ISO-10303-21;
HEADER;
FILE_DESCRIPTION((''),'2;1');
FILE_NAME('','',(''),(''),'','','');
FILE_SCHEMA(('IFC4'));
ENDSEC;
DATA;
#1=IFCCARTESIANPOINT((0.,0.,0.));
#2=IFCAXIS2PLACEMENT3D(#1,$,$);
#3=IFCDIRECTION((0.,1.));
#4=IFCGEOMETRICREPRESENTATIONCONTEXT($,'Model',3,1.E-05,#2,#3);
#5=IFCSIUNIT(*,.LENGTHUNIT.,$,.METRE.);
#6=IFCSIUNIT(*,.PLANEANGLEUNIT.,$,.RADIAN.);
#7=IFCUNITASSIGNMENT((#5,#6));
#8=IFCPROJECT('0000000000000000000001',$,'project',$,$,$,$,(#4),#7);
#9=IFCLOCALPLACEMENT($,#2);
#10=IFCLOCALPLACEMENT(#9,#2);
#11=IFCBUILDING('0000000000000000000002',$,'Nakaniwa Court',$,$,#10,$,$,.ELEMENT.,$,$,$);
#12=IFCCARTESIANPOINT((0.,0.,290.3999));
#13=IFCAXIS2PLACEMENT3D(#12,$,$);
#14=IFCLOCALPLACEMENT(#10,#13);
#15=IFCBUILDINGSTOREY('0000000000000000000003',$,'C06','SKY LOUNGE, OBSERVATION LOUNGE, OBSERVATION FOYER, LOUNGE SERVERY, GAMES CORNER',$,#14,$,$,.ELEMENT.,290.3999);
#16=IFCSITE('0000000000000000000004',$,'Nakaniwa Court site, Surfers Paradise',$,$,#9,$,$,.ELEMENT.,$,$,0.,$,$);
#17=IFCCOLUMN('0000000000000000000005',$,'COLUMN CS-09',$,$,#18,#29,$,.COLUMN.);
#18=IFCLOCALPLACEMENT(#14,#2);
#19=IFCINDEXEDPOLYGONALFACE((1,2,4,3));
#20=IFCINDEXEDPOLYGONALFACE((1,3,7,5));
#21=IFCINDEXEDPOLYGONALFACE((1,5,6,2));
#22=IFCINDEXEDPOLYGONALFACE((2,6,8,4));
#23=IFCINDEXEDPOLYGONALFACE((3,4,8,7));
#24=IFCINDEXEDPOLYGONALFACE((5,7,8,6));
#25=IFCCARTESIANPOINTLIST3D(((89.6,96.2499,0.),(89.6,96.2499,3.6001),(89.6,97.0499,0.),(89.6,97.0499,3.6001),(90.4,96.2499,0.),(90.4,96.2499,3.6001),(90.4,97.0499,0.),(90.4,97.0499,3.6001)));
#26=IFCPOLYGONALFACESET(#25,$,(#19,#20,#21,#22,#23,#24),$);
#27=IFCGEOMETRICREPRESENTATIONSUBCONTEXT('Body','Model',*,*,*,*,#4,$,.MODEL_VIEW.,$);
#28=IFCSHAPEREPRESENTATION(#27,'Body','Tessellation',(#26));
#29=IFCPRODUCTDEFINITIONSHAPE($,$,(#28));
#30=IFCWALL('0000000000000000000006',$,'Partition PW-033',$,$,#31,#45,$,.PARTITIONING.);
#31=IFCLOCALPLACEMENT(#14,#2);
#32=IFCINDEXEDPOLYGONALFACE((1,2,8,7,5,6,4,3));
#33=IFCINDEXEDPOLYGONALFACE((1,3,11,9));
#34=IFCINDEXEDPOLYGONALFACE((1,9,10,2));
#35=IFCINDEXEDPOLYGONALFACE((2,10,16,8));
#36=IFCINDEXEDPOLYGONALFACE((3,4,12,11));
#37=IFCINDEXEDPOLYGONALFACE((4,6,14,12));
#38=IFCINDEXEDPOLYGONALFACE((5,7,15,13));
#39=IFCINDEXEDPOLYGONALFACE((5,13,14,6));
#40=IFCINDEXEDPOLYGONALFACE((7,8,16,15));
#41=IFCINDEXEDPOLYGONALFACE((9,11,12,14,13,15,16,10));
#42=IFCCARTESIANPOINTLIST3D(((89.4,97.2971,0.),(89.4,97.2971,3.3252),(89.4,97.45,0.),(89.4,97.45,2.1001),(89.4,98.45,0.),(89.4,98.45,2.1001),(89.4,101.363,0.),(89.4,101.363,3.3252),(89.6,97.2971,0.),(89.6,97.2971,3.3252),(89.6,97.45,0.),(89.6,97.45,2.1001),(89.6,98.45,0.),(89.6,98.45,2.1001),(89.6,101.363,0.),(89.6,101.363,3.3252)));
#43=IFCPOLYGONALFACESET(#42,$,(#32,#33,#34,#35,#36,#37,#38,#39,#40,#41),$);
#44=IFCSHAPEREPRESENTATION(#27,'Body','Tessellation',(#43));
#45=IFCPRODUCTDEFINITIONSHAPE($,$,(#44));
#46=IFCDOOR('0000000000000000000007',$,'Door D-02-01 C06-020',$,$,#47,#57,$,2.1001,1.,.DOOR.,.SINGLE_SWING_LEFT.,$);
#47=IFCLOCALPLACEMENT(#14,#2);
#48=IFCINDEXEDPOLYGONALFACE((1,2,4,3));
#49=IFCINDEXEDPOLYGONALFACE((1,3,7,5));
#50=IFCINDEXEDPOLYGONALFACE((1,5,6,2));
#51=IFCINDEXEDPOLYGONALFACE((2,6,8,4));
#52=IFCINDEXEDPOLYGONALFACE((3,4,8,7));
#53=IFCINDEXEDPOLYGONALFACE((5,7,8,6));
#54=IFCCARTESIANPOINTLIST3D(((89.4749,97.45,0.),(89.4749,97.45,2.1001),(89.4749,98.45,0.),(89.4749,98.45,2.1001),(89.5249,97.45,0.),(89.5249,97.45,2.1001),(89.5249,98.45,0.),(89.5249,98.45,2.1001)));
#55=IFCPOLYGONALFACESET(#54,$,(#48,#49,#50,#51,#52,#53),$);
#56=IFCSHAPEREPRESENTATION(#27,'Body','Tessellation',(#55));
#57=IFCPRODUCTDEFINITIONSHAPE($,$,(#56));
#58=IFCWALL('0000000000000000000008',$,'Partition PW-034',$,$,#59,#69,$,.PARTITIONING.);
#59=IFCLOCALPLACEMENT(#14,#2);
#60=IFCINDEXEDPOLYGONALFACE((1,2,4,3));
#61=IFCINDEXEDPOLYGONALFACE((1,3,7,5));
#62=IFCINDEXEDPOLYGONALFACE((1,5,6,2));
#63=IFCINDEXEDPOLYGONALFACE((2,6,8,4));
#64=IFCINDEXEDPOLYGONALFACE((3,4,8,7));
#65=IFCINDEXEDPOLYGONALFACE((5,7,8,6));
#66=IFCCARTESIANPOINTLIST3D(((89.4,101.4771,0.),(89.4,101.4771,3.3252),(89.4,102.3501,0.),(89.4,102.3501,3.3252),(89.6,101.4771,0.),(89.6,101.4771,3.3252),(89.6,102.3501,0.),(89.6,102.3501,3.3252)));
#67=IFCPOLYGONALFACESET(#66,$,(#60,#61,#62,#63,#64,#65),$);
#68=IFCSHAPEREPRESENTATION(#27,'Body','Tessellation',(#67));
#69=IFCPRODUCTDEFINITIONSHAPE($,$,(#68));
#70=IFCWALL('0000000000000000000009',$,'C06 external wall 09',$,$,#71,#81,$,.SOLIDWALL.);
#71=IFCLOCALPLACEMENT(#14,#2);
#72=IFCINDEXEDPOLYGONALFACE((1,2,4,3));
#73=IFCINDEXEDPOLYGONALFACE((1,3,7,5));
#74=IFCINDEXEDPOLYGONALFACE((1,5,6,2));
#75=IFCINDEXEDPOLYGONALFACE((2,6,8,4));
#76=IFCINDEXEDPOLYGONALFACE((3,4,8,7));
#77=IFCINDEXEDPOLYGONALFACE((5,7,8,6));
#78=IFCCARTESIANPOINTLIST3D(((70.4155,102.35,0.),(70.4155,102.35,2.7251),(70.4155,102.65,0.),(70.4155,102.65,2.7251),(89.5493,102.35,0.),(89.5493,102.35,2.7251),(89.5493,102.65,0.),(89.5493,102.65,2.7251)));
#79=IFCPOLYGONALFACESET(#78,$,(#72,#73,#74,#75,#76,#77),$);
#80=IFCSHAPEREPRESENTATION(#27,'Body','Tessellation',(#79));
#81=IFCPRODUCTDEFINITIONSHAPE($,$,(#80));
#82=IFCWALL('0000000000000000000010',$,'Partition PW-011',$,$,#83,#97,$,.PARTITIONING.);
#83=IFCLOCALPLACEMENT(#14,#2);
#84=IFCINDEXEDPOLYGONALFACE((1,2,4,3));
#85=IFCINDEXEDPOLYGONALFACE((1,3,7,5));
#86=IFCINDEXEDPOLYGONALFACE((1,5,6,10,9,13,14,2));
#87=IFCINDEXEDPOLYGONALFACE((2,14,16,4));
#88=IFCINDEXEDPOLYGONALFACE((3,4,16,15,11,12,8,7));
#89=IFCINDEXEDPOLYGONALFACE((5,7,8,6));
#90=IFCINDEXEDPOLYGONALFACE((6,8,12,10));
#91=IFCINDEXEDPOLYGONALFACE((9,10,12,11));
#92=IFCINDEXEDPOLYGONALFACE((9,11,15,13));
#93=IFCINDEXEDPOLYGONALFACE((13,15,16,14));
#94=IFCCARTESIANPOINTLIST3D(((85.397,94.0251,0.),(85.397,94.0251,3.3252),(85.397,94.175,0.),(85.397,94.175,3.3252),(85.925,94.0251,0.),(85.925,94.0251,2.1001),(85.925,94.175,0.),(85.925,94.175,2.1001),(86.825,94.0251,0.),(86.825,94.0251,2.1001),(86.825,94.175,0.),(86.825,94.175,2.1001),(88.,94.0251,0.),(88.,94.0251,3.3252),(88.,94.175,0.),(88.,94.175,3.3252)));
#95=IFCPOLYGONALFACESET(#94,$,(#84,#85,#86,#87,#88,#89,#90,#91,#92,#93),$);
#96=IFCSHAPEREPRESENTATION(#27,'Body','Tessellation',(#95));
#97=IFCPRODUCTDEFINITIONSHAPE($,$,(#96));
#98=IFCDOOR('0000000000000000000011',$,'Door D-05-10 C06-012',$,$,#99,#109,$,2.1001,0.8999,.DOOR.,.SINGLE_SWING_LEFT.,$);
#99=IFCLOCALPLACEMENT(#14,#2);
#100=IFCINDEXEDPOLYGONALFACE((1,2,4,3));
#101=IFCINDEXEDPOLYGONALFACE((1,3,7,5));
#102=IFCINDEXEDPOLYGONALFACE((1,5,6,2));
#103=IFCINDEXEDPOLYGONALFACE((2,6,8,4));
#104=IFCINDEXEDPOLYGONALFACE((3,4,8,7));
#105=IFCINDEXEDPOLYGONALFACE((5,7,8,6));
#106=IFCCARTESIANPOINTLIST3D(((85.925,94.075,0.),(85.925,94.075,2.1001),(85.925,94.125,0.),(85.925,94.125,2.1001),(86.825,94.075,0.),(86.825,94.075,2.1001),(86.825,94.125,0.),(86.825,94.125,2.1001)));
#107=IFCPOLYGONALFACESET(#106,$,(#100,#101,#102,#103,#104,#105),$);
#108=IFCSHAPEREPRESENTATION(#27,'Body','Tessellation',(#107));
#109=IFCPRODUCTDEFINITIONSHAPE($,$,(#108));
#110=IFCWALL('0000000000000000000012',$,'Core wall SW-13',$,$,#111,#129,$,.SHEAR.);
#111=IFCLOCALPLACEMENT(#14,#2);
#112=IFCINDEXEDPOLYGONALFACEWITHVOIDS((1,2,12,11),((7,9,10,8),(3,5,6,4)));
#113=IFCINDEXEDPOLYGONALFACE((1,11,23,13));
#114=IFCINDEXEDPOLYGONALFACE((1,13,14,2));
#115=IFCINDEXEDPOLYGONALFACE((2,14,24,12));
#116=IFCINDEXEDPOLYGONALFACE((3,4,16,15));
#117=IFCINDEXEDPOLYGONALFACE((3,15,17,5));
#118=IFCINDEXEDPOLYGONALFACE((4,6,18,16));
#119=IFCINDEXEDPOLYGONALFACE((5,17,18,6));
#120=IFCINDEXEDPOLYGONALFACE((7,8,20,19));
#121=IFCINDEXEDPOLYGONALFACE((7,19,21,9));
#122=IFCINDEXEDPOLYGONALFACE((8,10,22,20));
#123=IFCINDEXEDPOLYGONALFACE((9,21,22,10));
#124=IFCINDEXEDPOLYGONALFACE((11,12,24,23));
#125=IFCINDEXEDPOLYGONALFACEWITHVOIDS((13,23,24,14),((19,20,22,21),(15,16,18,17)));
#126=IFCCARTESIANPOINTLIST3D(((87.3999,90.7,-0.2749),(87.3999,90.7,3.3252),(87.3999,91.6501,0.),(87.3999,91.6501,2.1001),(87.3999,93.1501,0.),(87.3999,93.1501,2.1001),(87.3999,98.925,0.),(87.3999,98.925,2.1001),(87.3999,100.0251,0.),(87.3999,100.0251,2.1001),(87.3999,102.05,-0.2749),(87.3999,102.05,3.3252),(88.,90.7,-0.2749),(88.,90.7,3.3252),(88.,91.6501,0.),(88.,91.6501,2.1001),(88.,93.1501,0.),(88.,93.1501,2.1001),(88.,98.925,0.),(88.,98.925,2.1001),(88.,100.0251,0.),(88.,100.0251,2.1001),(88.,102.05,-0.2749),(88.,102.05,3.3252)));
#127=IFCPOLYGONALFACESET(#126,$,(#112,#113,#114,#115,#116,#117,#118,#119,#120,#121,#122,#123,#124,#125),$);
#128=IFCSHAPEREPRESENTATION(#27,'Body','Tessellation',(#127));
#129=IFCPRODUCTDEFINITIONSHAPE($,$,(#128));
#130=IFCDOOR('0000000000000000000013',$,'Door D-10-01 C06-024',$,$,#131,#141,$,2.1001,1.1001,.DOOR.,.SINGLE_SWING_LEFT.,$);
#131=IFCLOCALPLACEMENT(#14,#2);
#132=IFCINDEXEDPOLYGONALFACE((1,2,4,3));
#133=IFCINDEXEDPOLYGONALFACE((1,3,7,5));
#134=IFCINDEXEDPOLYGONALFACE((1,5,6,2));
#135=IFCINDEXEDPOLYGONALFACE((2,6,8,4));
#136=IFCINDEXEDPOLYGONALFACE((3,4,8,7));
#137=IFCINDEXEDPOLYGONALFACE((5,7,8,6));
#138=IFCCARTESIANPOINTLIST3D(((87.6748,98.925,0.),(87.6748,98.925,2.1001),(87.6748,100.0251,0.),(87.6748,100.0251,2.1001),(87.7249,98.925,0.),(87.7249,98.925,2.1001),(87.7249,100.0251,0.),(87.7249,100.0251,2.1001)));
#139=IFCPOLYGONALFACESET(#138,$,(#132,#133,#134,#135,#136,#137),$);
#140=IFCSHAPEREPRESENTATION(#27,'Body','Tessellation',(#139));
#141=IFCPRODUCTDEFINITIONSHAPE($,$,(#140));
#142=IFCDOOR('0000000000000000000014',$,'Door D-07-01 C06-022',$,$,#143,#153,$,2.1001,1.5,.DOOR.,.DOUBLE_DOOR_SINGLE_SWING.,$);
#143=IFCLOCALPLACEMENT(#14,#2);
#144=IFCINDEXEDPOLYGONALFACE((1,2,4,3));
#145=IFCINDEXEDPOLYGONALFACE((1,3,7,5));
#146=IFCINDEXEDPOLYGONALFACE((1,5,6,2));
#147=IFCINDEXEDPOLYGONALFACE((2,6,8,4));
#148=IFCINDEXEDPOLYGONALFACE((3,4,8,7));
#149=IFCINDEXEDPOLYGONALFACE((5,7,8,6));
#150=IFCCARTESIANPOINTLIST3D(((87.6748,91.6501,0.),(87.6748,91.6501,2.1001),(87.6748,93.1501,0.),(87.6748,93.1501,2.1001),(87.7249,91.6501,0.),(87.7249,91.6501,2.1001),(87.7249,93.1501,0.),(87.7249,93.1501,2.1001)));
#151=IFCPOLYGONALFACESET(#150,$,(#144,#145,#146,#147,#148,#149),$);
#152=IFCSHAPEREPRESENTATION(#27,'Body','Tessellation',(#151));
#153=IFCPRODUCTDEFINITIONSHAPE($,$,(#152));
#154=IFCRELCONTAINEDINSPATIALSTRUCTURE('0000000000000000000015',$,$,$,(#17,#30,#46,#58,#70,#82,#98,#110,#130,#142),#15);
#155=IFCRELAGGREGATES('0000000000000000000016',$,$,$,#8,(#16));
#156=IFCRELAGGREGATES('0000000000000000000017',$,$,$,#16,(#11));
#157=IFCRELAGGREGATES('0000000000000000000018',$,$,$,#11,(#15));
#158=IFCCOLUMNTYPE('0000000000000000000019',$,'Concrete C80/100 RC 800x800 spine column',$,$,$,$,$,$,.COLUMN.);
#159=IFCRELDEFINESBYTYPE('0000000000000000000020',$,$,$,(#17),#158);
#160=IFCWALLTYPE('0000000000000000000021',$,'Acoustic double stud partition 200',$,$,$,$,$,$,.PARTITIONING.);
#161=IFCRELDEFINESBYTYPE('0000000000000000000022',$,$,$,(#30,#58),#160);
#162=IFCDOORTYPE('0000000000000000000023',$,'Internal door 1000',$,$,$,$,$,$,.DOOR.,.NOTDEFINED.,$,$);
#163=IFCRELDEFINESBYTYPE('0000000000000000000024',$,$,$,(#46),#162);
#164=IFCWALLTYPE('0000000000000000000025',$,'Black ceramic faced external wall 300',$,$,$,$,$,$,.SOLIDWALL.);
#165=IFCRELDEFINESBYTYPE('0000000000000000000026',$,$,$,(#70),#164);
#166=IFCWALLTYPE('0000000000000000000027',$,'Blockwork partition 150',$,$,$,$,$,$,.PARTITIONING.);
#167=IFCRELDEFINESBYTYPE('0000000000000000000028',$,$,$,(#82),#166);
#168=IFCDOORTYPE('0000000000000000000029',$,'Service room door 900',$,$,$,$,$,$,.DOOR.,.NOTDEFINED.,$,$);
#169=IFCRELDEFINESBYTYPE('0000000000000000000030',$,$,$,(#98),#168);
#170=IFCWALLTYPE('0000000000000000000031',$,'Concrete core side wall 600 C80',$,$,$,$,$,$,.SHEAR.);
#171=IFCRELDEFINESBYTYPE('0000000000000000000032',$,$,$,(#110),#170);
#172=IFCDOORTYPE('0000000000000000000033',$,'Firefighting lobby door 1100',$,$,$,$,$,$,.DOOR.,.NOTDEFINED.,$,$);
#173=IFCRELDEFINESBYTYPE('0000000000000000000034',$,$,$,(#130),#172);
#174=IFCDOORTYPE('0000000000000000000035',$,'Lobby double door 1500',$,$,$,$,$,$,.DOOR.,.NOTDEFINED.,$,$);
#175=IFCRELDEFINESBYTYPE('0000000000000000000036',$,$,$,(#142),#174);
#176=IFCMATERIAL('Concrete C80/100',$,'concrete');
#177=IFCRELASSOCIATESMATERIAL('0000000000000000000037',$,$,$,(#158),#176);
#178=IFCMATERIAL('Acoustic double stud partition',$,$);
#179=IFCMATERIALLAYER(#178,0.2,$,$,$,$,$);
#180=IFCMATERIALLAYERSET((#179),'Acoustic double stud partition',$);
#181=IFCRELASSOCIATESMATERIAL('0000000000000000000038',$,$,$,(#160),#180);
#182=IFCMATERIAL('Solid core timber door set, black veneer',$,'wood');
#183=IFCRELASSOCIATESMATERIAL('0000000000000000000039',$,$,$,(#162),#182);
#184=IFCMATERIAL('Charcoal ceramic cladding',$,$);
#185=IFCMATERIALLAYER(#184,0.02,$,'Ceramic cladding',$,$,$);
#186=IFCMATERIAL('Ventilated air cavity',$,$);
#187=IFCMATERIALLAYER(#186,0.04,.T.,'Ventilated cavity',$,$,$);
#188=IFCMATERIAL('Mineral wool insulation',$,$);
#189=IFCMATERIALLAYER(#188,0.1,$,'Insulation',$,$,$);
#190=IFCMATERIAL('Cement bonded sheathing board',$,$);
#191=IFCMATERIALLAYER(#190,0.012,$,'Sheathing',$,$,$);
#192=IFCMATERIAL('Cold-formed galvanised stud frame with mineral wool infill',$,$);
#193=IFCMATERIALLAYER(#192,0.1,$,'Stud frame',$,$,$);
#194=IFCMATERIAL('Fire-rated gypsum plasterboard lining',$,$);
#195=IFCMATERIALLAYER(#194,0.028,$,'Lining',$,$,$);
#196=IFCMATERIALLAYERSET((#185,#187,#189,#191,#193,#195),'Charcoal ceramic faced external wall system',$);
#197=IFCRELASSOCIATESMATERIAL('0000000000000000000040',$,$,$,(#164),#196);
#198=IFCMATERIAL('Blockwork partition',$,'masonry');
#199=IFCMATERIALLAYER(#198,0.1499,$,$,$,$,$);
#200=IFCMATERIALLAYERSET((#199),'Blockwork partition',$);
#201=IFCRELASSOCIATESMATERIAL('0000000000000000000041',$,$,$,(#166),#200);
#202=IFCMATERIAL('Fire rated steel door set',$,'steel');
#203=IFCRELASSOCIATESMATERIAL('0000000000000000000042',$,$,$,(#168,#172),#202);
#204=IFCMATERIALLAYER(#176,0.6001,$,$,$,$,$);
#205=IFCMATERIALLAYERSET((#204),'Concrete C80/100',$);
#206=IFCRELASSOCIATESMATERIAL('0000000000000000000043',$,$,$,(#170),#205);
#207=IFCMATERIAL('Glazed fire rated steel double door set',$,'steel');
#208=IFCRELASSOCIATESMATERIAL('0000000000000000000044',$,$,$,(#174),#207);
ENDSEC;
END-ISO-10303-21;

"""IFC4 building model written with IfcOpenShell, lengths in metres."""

from ifc_helpers import new_model, si_unit, direction, frame, frame_2d, origin, origin_2d, place, context, subcontext, project, spatial, rectangle, extrude, material, layer, layer_set, material_profile, profile_set, type_object, element, fill, save


model = new_model("IFC4")

# Units and contexts
model_context = context("Model", 3, precision=1e-05, world=origin(), true_north=direction((0.0, 1.0)))
body_context = subcontext(model_context, "Body", "Model", "MODEL_VIEW")
ifc_project = project(units=[si_unit("LENGTHUNIT", "METRE"), si_unit("PLANEANGLEUNIT", "RADIAN")], contexts=[model_context])

# Site, building, storey
site_placement = place(None, origin())
site = spatial("IfcSite", under=ifc_project, at=site_placement, Name="Nakaniwa Court site, Surfers Paradise", CompositionType="ELEMENT", RefElevation=0.0)
building_placement = place(site_placement, origin())
building = spatial("IfcBuilding", under=site, at=building_placement, Name="Nakaniwa Court", CompositionType="ELEMENT")
storey_placement = place(building_placement, frame((0.0, 0.0, 290.3999)))
storey = spatial("IfcBuildingStorey", under=building, at=storey_placement, Name="C06", Description="SKY LOUNGE, OBSERVATION LOUNGE, OBSERVATION FOYER, LOUNGE SERVERY, GAMES CORNER", CompositionType="ELEMENT", Elevation=290.3999)

# Column
ifc_material_1 = material(Name="Concrete C80/100", Category="concrete")
ifc_material_profile_1 = material_profile(ifc_material_1, rectangle(XDim=0.8, YDim=0.8, at=origin_2d()), Name="Concrete C80/100 RC 800x800 spine column")
ifc_profile_set_1 = profile_set([ifc_material_profile_1], Name="Concrete C80/100")
column_type = type_object("IfcColumnType", Name="Concrete C80/100 RC 800x800 spine column", PredefinedType="COLUMN", material=ifc_profile_set_1)
column_placement = place(storey_placement, frame((90.0, 96.6499, 0.0), z_axis=(0.0, 0.0, 1.0), x_axis=(0.0, 1.0, 0.0)))
element("IfcColumn", 1, at=column_placement, inside=storey, type_object=column_type, Name="COLUMN CS-09", PredefinedType="COLUMN", context=body_context, shape_type="SweptSolid", body=[
    extrude(rectangle(XDim=0.8, YDim=0.8, at=origin_2d()), origin(), (0.0, 0.0, 1.0), 3.6001),
])

# Wall, opening, door
ifc_material_2 = material(Name="Acoustic double stud partition")
ifc_layer_1 = layer(ifc_material_2, 0.2)
ifc_layer_set_1 = layer_set([ifc_layer_1], Name="Acoustic double stud partition")
wall_type_1 = type_object("IfcWallType", Name="Acoustic double stud partition 200", PredefinedType="PARTITIONING", material=ifc_layer_set_1)
wall_1_placement = place(storey_placement, frame((89.5, 101.363, 0.0), z_axis=(0.0, 0.0, 1.0), x_axis=(0.0, -1.0, 0.0)))
wall_1 = element("IfcWall", 2, at=wall_1_placement, inside=storey, type_object=wall_type_1, Name="Partition PW-033", PredefinedType="PARTITIONING", context=body_context, shape_type="SweptSolid", body=[
    extrude(rectangle(XDim=4.0659, YDim=0.2, at=frame_2d((2.033, 0.0))), origin(), (0.0, 0.0, 1.0), 3.3252),
])
opening_1_placement = place(wall_1_placement, frame((2.9131, 0.0, 0.0)))
opening_1 = element("IfcOpeningElement", 3, at=opening_1_placement, cuts=wall_1, PredefinedType="OPENING", context=body_context, shape_type="SweptSolid", body=[
    extrude(rectangle(XDim=1.0, YDim=2.1001, at=frame_2d((0.5, 1.05))), frame((0.0, 0.1099, 0.0), z_axis=(0.0, -1.0, 0.0), x_axis=(1.0, 0.0, 0.0)), (0.0, 0.0, 1.0), 0.22),
])
ifc_material_3 = material(Name="Solid core timber door set, black veneer", Category="wood")
door_type_1 = type_object("IfcDoorType", Name="Internal door 1000", OperationType="NOTDEFINED", PredefinedType="DOOR", material=ifc_material_3)
door_1_placement = place(opening_1_placement, origin())
door_1 = element("IfcDoor", 4, at=door_1_placement, inside=storey, type_object=door_type_1, Name="Door D-02-01 C06-020", OperationType="SINGLE_SWING_LEFT", OverallHeight=2.1001, OverallWidth=1.0, PredefinedType="DOOR", context=body_context, shape_type="SweptSolid", body=[
    extrude(rectangle(XDim=1.0, YDim=2.1001, at=frame_2d((0.5, 1.05))), frame((0.0, 0.0249, 0.0), z_axis=(0.0, -1.0, 0.0), x_axis=(1.0, 0.0, 0.0)), (0.0, 0.0, 1.0), 0.05),
])
fill(opening_1, door_1)

# Walls
wall_2_placement = place(storey_placement, frame((89.5, 101.4771, 0.0), z_axis=(0.0, 0.0, 1.0), x_axis=(0.0, 1.0, 0.0)))
element("IfcWall", 5, at=wall_2_placement, inside=storey, type_object=wall_type_1, Name="Partition PW-034", PredefinedType="PARTITIONING", context=body_context, shape_type="SweptSolid", body=[
    extrude(rectangle(XDim=0.873, YDim=0.2, at=frame_2d((0.4365, 0.0))), origin(), (0.0, 0.0, 1.0), 3.3252),
])
ifc_material_4 = material(Name="Charcoal ceramic cladding")
ifc_layer_2 = layer(ifc_material_4, 0.02, Name="Ceramic cladding")
ifc_material_5 = material(Name="Ventilated air cavity")
ifc_layer_3 = layer(ifc_material_5, 0.04, ventilated=True, Name="Ventilated cavity")
ifc_material_6 = material(Name="Mineral wool insulation")
ifc_layer_4 = layer(ifc_material_6, 0.1, Name="Insulation")
ifc_material_7 = material(Name="Cement bonded sheathing board")
ifc_layer_5 = layer(ifc_material_7, 0.012, Name="Sheathing")
ifc_material_8 = material(Name="Cold-formed galvanised stud frame with mineral wool infill")
ifc_layer_6 = layer(ifc_material_8, 0.1, Name="Stud frame")
ifc_material_9 = material(Name="Fire-rated gypsum plasterboard lining")
ifc_layer_7 = layer(ifc_material_9, 0.028, Name="Lining")
ifc_layer_set_2 = layer_set([ifc_layer_2, ifc_layer_3, ifc_layer_4, ifc_layer_5, ifc_layer_6, ifc_layer_7], Name="Charcoal ceramic faced external wall system")
wall_type_2 = type_object("IfcWallType", Name="Black ceramic faced external wall 300", PredefinedType="SOLIDWALL", material=ifc_layer_set_2)
wall_3_placement = place(storey_placement, frame((89.5493, 102.5, 0.0), z_axis=(0.0, 0.0, 1.0), x_axis=(-1.0, 0.0, 0.0)))
element("IfcWall", 6, at=wall_3_placement, inside=storey, type_object=wall_type_2, Name="C06 external wall 09", PredefinedType="SOLIDWALL", context=body_context, shape_type="SweptSolid", body=[
    extrude(rectangle(XDim=19.1338, YDim=0.3, at=frame_2d((9.5669, 0.0))), origin(), (0.0, 0.0, 1.0), 2.7251),
])

# Wall, opening, door
ifc_material_10 = material(Name="Blockwork partition", Category="masonry")
ifc_layer_8 = layer(ifc_material_10, 0.1499)
ifc_layer_set_3 = layer_set([ifc_layer_8], Name="Blockwork partition")
wall_type_3 = type_object("IfcWallType", Name="Blockwork partition 150", PredefinedType="PARTITIONING", material=ifc_layer_set_3)
wall_4_placement = place(storey_placement, frame((85.397, 94.1001, 0.0), z_axis=(0.0, 0.0, 1.0), x_axis=(1.0, 0.0, 0.0)))
wall_4 = element("IfcWall", 7, at=wall_4_placement, inside=storey, type_object=wall_type_3, Name="Partition PW-011", PredefinedType="PARTITIONING", context=body_context, shape_type="SweptSolid", body=[
    extrude(rectangle(XDim=2.603, YDim=0.1499, at=frame_2d((1.3015, 0.0))), origin(), (0.0, 0.0, 1.0), 3.3252),
])
opening_2_placement = place(wall_4_placement, frame((0.5281, 0.0, 0.0)))
opening_2 = element("IfcOpeningElement", 8, at=opening_2_placement, cuts=wall_4, PredefinedType="OPENING", context=body_context, shape_type="SweptSolid", body=[
    extrude(rectangle(XDim=0.8999, YDim=2.1001, at=frame_2d((0.45, 1.05))), frame((0.0, 0.085, 0.0), z_axis=(0.0, -1.0, 0.0), x_axis=(1.0, 0.0, 0.0)), (0.0, 0.0, 1.0), 0.1699),
])
ifc_material_11 = material(Name="Fire rated steel door set", Category="steel")
door_type_2 = type_object("IfcDoorType", Name="Service room door 900", OperationType="NOTDEFINED", PredefinedType="DOOR", material=ifc_material_11)
door_2_placement = place(opening_2_placement, origin())
door_2 = element("IfcDoor", 9, at=door_2_placement, inside=storey, type_object=door_type_2, Name="Door D-05-10 C06-012", OperationType="SINGLE_SWING_LEFT", OverallHeight=2.1001, OverallWidth=0.8999, PredefinedType="DOOR", context=body_context, shape_type="SweptSolid", body=[
    extrude(rectangle(XDim=0.8999, YDim=2.1001, at=frame_2d((0.45, 1.05))), frame((0.0, 0.0249, 0.0), z_axis=(0.0, -1.0, 0.0), x_axis=(1.0, 0.0, 0.0)), (0.0, 0.0, 1.0), 0.05),
])
fill(opening_2, door_2)

# Wall, openings, doors
ifc_layer_9 = layer(ifc_material_1, 0.6001)
ifc_layer_set_4 = layer_set([ifc_layer_9], Name="Concrete C80/100")
wall_type_4 = type_object("IfcWallType", Name="Concrete core side wall 600 C80", PredefinedType="SHEAR", material=ifc_layer_set_4)
wall_5_placement = place(storey_placement, frame((87.7, 102.05, -0.2749), z_axis=(0.0, 0.0, 1.0), x_axis=(0.0, -1.0, 0.0)))
wall_5 = element("IfcWall", 10, at=wall_5_placement, inside=storey, type_object=wall_type_4, Name="Core wall SW-13", PredefinedType="SHEAR", context=body_context, shape_type="SweptSolid", body=[
    extrude(rectangle(XDim=11.3501, YDim=0.6001, at=frame_2d((5.675, 0.0))), origin(), (0.0, 0.0, 1.0), 3.6001),
])
opening_3_placement = place(wall_5_placement, frame((8.8999, 0.0, 0.2749)))
opening_3 = element("IfcOpeningElement", 11, at=opening_3_placement, cuts=wall_5, PredefinedType="OPENING", context=body_context, shape_type="SweptSolid", body=[
    extrude(rectangle(XDim=1.5, YDim=2.1001, at=frame_2d((0.75, 1.05))), frame((0.0, 0.3101, 0.0), z_axis=(0.0, -1.0, 0.0), x_axis=(1.0, 0.0, 0.0)), (0.0, 0.0, 1.0), 0.6201),
])
opening_4_placement = place(wall_5_placement, frame((2.0249, 0.0, 0.2749)))
opening_4 = element("IfcOpeningElement", 12, at=opening_4_placement, cuts=wall_5, PredefinedType="OPENING", context=body_context, shape_type="SweptSolid", body=[
    extrude(rectangle(XDim=1.1001, YDim=2.1001, at=frame_2d((0.55, 1.05))), frame((0.0, 0.3101, 0.0), z_axis=(0.0, -1.0, 0.0), x_axis=(1.0, 0.0, 0.0)), (0.0, 0.0, 1.0), 0.6201),
])
door_type_3 = type_object("IfcDoorType", Name="Firefighting lobby door 1100", OperationType="NOTDEFINED", PredefinedType="DOOR", material=ifc_material_11)
door_3_placement = place(opening_4_placement, origin())
door_3 = element("IfcDoor", 13, at=door_3_placement, inside=storey, type_object=door_type_3, Name="Door D-10-01 C06-024", OperationType="SINGLE_SWING_LEFT", OverallHeight=2.1001, OverallWidth=1.1001, PredefinedType="DOOR", context=body_context, shape_type="SweptSolid", body=[
    extrude(rectangle(XDim=1.1001, YDim=2.1001, at=frame_2d((0.55, 1.05))), frame((0.0, 0.0249, 0.0), z_axis=(0.0, -1.0, 0.0), x_axis=(1.0, 0.0, 0.0)), (0.0, 0.0, 1.0), 0.05),
])
fill(opening_4, door_3)
ifc_material_12 = material(Name="Glazed fire rated steel double door set", Category="steel")
door_type_4 = type_object("IfcDoorType", Name="Lobby double door 1500", OperationType="NOTDEFINED", PredefinedType="DOOR", material=ifc_material_12)
door_4_placement = place(opening_3_placement, origin())
door_4 = element("IfcDoor", 14, at=door_4_placement, inside=storey, type_object=door_type_4, Name="Door D-07-01 C06-022", OperationType="DOUBLE_DOOR_SINGLE_SWING", OverallHeight=2.1001, OverallWidth=1.5, PredefinedType="DOOR", context=body_context, shape_type="SweptSolid", body=[
    extrude(rectangle(XDim=1.5, YDim=2.1001, at=frame_2d((0.75, 1.05))), frame((0.0, 0.0249, 0.0), z_axis=(0.0, -1.0, 0.0), x_axis=(1.0, 0.0, 0.0)), (0.0, 0.0, 1.0), 0.05),
])
fill(opening_3, door_4)

save(model, "model.ifc")
